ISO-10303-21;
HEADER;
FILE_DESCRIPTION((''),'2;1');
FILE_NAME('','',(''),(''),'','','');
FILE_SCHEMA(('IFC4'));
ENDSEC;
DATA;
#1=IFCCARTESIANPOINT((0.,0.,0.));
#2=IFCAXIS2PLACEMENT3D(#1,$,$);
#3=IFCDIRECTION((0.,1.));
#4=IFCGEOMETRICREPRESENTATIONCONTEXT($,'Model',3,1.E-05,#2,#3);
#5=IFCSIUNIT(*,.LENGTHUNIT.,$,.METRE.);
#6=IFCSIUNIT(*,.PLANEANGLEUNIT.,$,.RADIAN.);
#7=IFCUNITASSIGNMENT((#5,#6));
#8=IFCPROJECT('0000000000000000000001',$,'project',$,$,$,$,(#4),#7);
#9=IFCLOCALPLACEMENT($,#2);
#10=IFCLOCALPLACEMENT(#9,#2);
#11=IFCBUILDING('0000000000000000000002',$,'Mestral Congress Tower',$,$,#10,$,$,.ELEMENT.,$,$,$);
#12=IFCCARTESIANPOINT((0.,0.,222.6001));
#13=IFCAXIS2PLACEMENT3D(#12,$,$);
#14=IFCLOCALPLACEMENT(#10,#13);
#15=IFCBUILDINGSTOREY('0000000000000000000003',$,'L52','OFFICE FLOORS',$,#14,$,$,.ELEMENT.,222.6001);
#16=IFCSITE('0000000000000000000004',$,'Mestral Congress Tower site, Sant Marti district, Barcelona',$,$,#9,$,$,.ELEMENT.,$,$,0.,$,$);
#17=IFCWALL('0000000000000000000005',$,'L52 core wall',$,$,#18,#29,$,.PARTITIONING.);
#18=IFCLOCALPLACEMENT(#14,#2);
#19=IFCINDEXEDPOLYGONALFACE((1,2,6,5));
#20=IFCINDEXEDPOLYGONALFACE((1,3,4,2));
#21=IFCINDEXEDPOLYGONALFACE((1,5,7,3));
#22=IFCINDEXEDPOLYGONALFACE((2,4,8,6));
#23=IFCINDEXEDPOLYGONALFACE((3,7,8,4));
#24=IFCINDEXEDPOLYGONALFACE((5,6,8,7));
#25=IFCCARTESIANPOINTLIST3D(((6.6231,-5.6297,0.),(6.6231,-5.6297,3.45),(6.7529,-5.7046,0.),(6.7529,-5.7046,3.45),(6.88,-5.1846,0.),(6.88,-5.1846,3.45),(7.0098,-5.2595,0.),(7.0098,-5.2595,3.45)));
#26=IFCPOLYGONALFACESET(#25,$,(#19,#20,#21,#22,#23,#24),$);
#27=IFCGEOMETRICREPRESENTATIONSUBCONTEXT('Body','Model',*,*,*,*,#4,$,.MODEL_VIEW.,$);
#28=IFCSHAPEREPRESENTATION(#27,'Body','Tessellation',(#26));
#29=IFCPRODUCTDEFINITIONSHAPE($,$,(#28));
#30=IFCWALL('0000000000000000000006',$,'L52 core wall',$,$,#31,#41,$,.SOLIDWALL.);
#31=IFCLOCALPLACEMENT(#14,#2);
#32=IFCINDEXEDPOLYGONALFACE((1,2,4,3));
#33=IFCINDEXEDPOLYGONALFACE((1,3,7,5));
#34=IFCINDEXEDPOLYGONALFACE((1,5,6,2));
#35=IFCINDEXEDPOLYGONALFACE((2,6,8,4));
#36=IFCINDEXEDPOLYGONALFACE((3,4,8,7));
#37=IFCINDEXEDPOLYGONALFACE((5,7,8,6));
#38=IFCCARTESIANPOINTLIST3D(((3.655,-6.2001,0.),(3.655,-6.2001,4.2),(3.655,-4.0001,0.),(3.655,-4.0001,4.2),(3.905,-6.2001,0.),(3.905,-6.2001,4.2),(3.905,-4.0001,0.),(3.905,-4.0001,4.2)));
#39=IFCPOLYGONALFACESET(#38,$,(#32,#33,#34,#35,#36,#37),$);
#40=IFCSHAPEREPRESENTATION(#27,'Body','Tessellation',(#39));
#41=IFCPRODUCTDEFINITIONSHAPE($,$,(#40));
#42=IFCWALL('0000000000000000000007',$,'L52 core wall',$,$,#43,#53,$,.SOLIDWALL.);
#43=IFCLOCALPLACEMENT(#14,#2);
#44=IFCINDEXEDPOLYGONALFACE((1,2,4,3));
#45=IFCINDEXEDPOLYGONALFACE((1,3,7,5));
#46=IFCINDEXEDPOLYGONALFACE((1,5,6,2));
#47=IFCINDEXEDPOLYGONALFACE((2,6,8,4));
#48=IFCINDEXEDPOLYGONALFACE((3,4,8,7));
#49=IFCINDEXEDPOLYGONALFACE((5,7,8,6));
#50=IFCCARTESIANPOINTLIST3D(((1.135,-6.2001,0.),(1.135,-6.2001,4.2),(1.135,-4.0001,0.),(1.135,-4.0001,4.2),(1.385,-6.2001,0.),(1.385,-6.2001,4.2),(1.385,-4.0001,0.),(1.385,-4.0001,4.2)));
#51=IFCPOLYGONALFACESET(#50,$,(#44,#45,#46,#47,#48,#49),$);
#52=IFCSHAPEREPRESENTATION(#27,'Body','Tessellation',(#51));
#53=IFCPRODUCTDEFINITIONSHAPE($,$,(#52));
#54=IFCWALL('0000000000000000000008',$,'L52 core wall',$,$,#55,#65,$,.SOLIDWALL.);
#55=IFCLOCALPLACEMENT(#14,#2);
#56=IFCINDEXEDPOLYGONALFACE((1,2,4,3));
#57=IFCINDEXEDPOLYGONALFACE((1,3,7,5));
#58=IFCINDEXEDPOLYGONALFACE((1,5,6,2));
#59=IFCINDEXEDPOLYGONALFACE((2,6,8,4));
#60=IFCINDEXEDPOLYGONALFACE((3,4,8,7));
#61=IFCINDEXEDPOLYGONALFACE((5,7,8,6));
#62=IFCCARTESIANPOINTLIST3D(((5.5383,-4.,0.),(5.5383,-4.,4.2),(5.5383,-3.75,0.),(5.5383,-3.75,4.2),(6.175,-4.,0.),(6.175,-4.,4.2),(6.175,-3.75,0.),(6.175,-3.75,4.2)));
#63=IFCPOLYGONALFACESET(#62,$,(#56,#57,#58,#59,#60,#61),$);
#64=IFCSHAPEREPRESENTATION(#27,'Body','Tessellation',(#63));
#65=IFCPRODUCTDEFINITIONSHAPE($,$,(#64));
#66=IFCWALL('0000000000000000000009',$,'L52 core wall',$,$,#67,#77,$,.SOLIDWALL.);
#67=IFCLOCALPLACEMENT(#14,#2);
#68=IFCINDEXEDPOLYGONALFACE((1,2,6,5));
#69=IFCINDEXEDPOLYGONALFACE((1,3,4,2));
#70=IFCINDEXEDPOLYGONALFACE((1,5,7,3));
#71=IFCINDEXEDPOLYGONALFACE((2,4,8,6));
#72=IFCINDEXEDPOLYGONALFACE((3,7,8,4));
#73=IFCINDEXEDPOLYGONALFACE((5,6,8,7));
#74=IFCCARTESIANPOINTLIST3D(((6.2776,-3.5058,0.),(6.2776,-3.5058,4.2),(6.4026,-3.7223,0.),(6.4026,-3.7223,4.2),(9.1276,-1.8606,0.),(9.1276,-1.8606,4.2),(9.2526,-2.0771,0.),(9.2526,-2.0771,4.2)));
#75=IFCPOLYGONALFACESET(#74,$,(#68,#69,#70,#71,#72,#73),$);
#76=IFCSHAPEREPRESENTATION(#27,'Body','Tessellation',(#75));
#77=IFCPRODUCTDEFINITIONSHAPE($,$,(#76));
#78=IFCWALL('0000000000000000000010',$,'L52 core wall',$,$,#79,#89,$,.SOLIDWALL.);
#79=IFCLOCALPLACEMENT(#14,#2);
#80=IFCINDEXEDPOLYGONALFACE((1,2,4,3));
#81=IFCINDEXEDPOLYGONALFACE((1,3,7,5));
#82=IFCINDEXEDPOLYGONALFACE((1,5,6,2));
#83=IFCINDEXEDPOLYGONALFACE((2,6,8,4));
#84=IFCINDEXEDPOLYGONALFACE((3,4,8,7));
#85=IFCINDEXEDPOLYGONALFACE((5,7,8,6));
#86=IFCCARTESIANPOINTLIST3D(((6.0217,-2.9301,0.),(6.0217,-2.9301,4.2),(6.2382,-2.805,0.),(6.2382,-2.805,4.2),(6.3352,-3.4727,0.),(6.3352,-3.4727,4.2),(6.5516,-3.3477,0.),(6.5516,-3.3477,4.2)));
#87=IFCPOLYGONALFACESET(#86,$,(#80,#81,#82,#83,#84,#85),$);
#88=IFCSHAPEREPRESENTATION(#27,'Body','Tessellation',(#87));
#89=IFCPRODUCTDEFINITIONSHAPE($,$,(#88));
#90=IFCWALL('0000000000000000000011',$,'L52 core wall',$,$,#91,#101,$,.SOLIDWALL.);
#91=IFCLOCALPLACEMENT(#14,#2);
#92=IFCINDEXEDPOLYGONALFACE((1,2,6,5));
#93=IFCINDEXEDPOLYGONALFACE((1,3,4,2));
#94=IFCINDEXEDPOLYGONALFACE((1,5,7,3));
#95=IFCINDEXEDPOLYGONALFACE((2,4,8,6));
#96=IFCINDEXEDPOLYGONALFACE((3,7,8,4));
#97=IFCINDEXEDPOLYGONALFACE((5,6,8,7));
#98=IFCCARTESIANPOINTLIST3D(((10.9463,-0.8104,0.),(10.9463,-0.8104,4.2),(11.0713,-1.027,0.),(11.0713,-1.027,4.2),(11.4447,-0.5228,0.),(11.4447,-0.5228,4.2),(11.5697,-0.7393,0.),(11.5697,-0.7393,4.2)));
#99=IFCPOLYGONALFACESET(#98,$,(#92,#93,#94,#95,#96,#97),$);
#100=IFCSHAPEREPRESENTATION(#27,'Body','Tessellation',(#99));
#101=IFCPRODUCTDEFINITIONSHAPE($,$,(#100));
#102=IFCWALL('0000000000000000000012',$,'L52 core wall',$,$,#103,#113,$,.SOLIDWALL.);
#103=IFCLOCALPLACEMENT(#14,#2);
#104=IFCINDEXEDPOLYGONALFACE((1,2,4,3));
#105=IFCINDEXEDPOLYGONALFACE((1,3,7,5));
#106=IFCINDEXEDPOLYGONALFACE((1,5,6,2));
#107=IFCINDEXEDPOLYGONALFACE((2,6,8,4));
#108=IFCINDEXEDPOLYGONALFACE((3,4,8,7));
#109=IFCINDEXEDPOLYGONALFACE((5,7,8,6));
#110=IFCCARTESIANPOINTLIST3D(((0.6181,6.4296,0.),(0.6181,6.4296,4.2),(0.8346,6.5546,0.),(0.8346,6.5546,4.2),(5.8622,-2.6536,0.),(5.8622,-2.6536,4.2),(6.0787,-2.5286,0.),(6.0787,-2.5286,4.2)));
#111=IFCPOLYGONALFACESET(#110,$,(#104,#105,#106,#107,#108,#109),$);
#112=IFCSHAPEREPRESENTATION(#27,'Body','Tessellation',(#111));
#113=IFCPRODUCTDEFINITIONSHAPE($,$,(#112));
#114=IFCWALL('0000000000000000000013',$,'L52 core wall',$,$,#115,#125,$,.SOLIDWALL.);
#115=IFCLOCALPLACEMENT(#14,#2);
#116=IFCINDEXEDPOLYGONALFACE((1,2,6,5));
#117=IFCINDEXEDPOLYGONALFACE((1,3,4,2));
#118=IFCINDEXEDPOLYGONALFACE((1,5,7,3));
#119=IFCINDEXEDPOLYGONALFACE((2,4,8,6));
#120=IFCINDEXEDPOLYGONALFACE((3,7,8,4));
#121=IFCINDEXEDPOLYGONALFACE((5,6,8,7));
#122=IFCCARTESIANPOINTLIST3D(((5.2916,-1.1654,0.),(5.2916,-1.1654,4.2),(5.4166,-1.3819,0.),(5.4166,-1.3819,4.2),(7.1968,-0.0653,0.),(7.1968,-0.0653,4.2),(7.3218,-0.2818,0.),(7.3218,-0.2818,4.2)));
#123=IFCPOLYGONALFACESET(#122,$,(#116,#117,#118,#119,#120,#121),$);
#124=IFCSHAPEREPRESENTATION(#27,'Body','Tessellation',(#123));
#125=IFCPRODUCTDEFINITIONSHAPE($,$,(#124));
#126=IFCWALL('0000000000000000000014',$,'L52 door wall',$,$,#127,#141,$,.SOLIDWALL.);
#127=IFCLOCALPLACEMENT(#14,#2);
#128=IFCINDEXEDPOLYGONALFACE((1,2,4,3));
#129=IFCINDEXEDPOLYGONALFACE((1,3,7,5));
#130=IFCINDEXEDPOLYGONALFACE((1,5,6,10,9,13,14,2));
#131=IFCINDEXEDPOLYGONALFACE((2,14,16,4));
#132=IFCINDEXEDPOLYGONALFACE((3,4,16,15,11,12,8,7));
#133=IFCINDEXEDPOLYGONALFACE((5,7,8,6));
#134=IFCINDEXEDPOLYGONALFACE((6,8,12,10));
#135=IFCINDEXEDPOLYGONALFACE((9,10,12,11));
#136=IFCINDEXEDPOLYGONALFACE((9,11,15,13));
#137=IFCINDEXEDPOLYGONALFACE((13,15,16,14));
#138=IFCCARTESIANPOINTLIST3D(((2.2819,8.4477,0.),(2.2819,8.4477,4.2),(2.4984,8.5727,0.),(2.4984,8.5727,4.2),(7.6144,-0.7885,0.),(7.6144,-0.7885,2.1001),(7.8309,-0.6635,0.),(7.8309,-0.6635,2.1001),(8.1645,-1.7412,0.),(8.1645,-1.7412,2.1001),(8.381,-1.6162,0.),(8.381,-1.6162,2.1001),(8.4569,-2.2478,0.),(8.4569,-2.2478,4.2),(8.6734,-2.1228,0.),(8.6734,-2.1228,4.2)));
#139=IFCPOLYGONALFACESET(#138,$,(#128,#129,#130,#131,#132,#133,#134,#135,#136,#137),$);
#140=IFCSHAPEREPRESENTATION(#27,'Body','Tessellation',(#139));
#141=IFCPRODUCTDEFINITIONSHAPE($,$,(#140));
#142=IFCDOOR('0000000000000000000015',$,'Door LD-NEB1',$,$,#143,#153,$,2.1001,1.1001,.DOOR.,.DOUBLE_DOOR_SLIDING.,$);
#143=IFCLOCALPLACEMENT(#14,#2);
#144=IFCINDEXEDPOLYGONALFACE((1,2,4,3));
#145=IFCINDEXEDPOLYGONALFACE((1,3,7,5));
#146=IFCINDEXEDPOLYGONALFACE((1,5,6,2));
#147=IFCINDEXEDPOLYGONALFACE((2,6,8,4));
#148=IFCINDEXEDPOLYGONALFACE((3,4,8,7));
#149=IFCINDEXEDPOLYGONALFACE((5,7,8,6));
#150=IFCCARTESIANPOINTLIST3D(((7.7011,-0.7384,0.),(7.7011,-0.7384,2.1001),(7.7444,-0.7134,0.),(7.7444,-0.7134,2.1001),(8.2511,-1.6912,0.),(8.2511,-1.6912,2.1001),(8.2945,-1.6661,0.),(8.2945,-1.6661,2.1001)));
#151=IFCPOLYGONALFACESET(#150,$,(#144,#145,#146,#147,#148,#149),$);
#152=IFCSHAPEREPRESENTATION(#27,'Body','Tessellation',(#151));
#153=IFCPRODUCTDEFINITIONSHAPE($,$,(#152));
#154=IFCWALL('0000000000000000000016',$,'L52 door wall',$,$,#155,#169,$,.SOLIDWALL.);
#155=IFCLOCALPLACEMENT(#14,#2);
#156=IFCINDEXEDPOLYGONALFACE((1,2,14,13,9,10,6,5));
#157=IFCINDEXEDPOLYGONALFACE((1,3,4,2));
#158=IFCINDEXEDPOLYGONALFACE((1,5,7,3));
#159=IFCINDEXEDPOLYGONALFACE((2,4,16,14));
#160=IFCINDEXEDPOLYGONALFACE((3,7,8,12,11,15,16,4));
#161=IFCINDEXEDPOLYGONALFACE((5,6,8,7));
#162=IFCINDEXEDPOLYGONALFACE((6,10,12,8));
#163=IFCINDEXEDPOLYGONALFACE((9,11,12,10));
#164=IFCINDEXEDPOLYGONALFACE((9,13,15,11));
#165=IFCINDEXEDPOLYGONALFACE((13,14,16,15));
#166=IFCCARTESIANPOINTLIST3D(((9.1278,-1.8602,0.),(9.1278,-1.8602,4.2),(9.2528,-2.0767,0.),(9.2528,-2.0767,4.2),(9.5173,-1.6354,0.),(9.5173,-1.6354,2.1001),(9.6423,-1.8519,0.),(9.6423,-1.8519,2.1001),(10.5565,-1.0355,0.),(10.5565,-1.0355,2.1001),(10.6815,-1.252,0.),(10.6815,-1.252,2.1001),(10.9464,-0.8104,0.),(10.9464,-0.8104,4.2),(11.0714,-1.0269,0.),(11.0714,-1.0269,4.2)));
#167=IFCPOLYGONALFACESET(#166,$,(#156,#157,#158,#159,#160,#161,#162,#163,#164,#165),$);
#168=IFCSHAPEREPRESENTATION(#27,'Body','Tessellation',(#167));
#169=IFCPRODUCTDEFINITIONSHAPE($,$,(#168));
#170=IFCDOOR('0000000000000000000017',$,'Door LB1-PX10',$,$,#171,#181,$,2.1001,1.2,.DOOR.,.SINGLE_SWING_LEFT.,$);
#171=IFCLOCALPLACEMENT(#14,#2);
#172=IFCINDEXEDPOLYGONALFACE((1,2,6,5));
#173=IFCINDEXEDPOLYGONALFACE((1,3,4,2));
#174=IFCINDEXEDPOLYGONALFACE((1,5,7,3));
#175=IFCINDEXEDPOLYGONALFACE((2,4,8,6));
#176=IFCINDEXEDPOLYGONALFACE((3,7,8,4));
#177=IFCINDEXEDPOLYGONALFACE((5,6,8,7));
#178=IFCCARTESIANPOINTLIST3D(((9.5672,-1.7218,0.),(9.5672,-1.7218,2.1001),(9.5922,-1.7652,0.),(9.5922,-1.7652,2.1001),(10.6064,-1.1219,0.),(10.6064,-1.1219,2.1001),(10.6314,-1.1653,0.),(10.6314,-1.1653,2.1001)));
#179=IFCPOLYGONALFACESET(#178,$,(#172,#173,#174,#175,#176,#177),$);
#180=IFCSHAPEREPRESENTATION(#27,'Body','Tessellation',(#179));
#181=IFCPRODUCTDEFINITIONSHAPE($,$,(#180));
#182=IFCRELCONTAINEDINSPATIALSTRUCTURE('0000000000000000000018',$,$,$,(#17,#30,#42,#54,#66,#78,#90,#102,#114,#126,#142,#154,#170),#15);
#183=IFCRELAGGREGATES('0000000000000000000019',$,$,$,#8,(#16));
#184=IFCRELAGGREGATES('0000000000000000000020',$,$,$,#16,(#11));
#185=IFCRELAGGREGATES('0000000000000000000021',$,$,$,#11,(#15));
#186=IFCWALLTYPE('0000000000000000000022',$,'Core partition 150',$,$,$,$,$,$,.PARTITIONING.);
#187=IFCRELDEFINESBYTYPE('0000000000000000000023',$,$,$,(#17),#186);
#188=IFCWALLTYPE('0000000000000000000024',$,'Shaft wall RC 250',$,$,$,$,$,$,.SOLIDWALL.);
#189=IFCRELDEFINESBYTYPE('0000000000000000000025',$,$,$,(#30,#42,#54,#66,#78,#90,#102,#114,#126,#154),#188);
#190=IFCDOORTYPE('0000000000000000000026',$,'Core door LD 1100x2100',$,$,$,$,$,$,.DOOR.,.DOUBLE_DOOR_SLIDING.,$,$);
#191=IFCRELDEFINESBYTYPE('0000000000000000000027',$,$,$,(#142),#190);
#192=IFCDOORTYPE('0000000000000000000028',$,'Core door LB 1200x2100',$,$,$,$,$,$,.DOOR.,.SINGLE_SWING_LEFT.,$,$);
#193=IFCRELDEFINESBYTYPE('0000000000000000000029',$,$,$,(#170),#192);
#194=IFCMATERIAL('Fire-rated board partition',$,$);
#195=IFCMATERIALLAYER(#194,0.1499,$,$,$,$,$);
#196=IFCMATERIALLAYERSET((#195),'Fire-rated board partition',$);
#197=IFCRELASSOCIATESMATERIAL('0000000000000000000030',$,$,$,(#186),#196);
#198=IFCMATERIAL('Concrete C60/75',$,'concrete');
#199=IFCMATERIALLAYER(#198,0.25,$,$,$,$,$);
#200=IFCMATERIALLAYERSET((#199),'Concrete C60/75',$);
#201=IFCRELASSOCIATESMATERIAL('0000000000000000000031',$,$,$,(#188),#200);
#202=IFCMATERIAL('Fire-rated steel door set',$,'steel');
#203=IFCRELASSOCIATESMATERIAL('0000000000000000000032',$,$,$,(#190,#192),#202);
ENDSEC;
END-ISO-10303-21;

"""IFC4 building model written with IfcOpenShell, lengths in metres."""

from ifc_helpers import new_model, si_unit, direction, frame, frame_2d, origin, place, context, subcontext, project, spatial, rectangle, extrude, material, layer, layer_set, type_object, element, fill, save


model = new_model("IFC4")

# Units and contexts
model_context = context("Model", 3, precision=1e-05, world=origin(), true_north=direction((0.0, 1.0)))
body_context = subcontext(model_context, "Body", "Model", "MODEL_VIEW")
ifc_project = project(units=[si_unit("LENGTHUNIT", "METRE"), si_unit("PLANEANGLEUNIT", "RADIAN")], contexts=[model_context])

# Site, building, storey
site_placement = place(None, origin())
site = spatial("IfcSite", under=ifc_project, at=site_placement, Name="Mestral Congress Tower site, Sant Marti district, Barcelona", CompositionType="ELEMENT", RefElevation=0.0)
building_placement = place(site_placement, origin())
building = spatial("IfcBuilding", under=site, at=building_placement, Name="Mestral Congress Tower", CompositionType="ELEMENT")
storey_placement = place(building_placement, frame((0.0, 0.0, 222.6001)))
storey = spatial("IfcBuildingStorey", under=building, at=storey_placement, Name="L52", Description="OFFICE FLOORS", CompositionType="ELEMENT", Elevation=222.6001)

# Walls
ifc_material_1 = material(Name="Fire-rated board partition")
ifc_layer_1 = layer(ifc_material_1, 0.1499)
ifc_layer_set_1 = layer_set([ifc_layer_1], Name="Fire-rated board partition")
wall_type_1 = type_object("IfcWallType", Name="Core partition 150", PredefinedType="PARTITIONING", material=ifc_layer_set_1)
wall_1_placement = place(storey_placement, frame((6.9448, -5.2222, 0.0), z_axis=(0.0, 0.0, 1.0), x_axis=(-0.499818, -0.86613, 0.0)))
element("IfcWall", 1, at=wall_1_placement, inside=storey, type_object=wall_type_1, Name="L52 core wall", PredefinedType="PARTITIONING", context=body_context, shape_type="SweptSolid", body=[
    extrude(rectangle(XDim=0.5139, YDim=0.1499, at=frame_2d((0.2568, 0.0))), origin(), (0.0, 0.0, 1.0), 3.45),
])
ifc_material_2 = material(Name="Concrete C60/75", Category="concrete")
ifc_layer_2 = layer(ifc_material_2, 0.25)
ifc_layer_set_2 = layer_set([ifc_layer_2], Name="Concrete C60/75")
wall_type_2 = type_object("IfcWallType", Name="Shaft wall RC 250", PredefinedType="SOLIDWALL", material=ifc_layer_set_2)
for number, where, z_axis, x_axis, name in (
    (2, (3.78, -4.0, 0.0), (0.0, 0.0, 1.0), (0.0, -1.0, 0.0), "L52 core wall"),
    (3, (1.26, -4.0, 0.0), (0.0, 0.0, 1.0), (0.0, -1.0, 0.0), "L52 core wall"),
):
    element("IfcWall", number, at=place(storey_placement, frame(where, z_axis=z_axis, x_axis=x_axis)), inside=storey, type_object=wall_type_2, Name=name, PredefinedType="SOLIDWALL", context=body_context, shape_type="SweptSolid", body=[
        extrude(rectangle(XDim=2.2, YDim=0.25, at=frame_2d((1.1001, 0.0))), origin(), (0.0, 0.0, 1.0), 4.2),
    ])
wall_2_placement = place(storey_placement, frame((5.5383, -3.875, 0.0), z_axis=(0.0, 0.0, 1.0), x_axis=(1.0, 0.0, 0.0)))
element("IfcWall", 4, at=wall_2_placement, inside=storey, type_object=wall_type_2, Name="L52 core wall", PredefinedType="SOLIDWALL", context=body_context, shape_type="SweptSolid", body=[
    extrude(rectangle(XDim=0.6367, YDim=0.25, at=frame_2d((0.3184, 0.0))), origin(), (0.0, 0.0, 1.0), 4.2),
])
wall_3_placement = place(storey_placement, frame((9.1902, -1.9688, 0.0), z_axis=(0.0, 0.0, 1.0), x_axis=(-0.866057, -0.499945, 0.0)))
element("IfcWall", 5, at=wall_3_placement, inside=storey, type_object=wall_type_2, Name="L52 core wall", PredefinedType="SOLIDWALL", context=body_context, shape_type="SweptSolid", body=[
    extrude(rectangle(XDim=3.2908, YDim=0.25, at=frame_2d((1.6455, 0.0))), origin(), (0.0, 0.0, 1.0), 4.2),
])
wall_4_placement = place(storey_placement, frame((6.1299, -2.8674, 0.0), z_axis=(0.0, 0.0, 1.0), x_axis=(0.500161, -0.865933, 0.0)))
element("IfcWall", 6, at=wall_4_placement, inside=storey, type_object=wall_type_2, Name="L52 core wall", PredefinedType="SOLIDWALL", context=body_context, shape_type="SweptSolid", body=[
    extrude(rectangle(XDim=0.6267, YDim=0.25, at=frame_2d((0.3135, 0.0))), origin(), (0.0, 0.0, 1.0), 4.2),
])
wall_5_placement = place(storey_placement, frame((11.5071, -0.6311, 0.0), z_axis=(0.0, 0.0, 1.0), x_axis=(-0.866094, -0.499882, 0.0)))
element("IfcWall", 7, at=wall_5_placement, inside=storey, type_object=wall_type_2, Name="L52 core wall", PredefinedType="SOLIDWALL", context=body_context, shape_type="SweptSolid", body=[
    extrude(rectangle(XDim=0.5754, YDim=0.25, at=frame_2d((0.2876, 0.0))), origin(), (0.0, 0.0, 1.0), 4.2),
])
wall_6_placement = place(storey_placement, frame((5.9705, -2.5911, 0.0), z_axis=(0.0, 0.0, 1.0), x_axis=(-0.499994, 0.866029, 0.0)))
element("IfcWall", 8, at=wall_6_placement, inside=storey, type_object=wall_type_2, Name="L52 core wall", PredefinedType="SOLIDWALL", context=body_context, shape_type="SweptSolid", body=[
    extrude(rectangle(XDim=10.4883, YDim=0.25, at=frame_2d((5.2441, 0.0))), origin(), (0.0, 0.0, 1.0), 4.2),
])
wall_7_placement = place(storey_placement, frame((5.354, -1.2737, 0.0), z_axis=(0.0, 0.0, 1.0), x_axis=(0.866008, 0.50003, 0.0)))
element("IfcWall", 9, at=wall_7_placement, inside=storey, type_object=wall_type_2, Name="L52 core wall", PredefinedType="SOLIDWALL", context=body_context, shape_type="SweptSolid", body=[
    extrude(rectangle(XDim=2.2, YDim=0.25, at=frame_2d((1.1001, 0.0))), origin(), (0.0, 0.0, 1.0), 4.2),
])

# Walls, openings, doors
wall_8_placement = place(storey_placement, frame((8.5652, -2.1853, 0.0), z_axis=(0.0, 0.0, 1.0), x_axis=(-0.499998, 0.866027, 0.0)))
wall_8 = element("IfcWall", 10, at=wall_8_placement, inside=storey, type_object=wall_type_2, Name="L52 door wall", PredefinedType="SOLIDWALL", context=body_context, shape_type="SweptSolid", body=[
    extrude(rectangle(XDim=12.3501, YDim=0.25, at=frame_2d((6.175, 0.0))), origin(), (0.0, 0.0, 1.0), 4.2),
])
opening_1_placement = place(wall_8_placement, frame((0.585, 0.0, 0.0)))
opening_1 = element("IfcOpeningElement", 11, at=opening_1_placement, cuts=wall_8, PredefinedType="OPENING", context=body_context, shape_type="SweptSolid", body=[
    extrude(rectangle(XDim=1.1001, YDim=2.1001, at=frame_2d((0.55, 1.05))), frame((0.0, 0.135, 0.0), z_axis=(0.0, -1.0, 0.0), x_axis=(1.0, 0.0, 0.0)), (0.0, 0.0, 1.0), 0.27),
])
ifc_material_3 = material(Name="Fire-rated steel door set", Category="steel")
door_type_1 = type_object("IfcDoorType", Name="Core door LD 1100x2100", OperationType="DOUBLE_DOOR_SLIDING", PredefinedType="DOOR", material=ifc_material_3)
door_1_placement = place(opening_1_placement, origin())
door_1 = element("IfcDoor", 12, at=door_1_placement, inside=storey, type_object=door_type_1, Name="Door LD-NEB1", OperationType="DOUBLE_DOOR_SLIDING", OverallHeight=2.1001, OverallWidth=1.1001, PredefinedType="DOOR", context=body_context, shape_type="SweptSolid", body=[
    extrude(rectangle(XDim=1.1001, YDim=2.1001, at=frame_2d((0.55, 1.05))), frame((0.0, 0.0249, 0.0), z_axis=(0.0, -1.0, 0.0), x_axis=(1.0, 0.0, 0.0)), (0.0, 0.0, 1.0), 0.05),
])
fill(opening_1, door_1)
wall_9_placement = place(storey_placement, frame((11.0088, -0.9187, 0.0), z_axis=(0.0, 0.0, 1.0), x_axis=(-0.86606, -0.499941, 0.0)))
wall_9 = element("IfcWall", 13, at=wall_9_placement, inside=storey, type_object=wall_type_2, Name="L52 door wall", PredefinedType="SOLIDWALL", context=body_context, shape_type="SweptSolid", body=[
    extrude(rectangle(XDim=2.0999, YDim=0.25, at=frame_2d((1.0498, 0.0))), origin(), (0.0, 0.0, 1.0), 4.2),
])
opening_2_placement = place(wall_9_placement, frame((0.45, 0.0, 0.0)))
opening_2 = element("IfcOpeningElement", 14, at=opening_2_placement, cuts=wall_9, PredefinedType="OPENING", context=body_context, shape_type="SweptSolid", body=[
    extrude(rectangle(XDim=1.2, YDim=2.1001, at=frame_2d((0.6001, 1.05))), frame((0.0, 0.135, 0.0), z_axis=(0.0, -1.0, 0.0), x_axis=(1.0, 0.0, 0.0)), (0.0, 0.0, 1.0), 0.27),
])
door_type_2 = type_object("IfcDoorType", Name="Core door LB 1200x2100", OperationType="SINGLE_SWING_LEFT", PredefinedType="DOOR", material=ifc_material_3)
door_2_placement = place(opening_2_placement, origin())
door_2 = element("IfcDoor", 15, at=door_2_placement, inside=storey, type_object=door_type_2, Name="Door LB1-PX10", OperationType="SINGLE_SWING_LEFT", OverallHeight=2.1001, OverallWidth=1.2, PredefinedType="DOOR", context=body_context, shape_type="SweptSolid", body=[
    extrude(rectangle(XDim=1.2, YDim=2.1001, at=frame_2d((0.6001, 1.05))), frame((0.0, 0.0249, 0.0), z_axis=(0.0, -1.0, 0.0), x_axis=(1.0, 0.0, 0.0)), (0.0, 0.0, 1.0), 0.05),
])
fill(opening_2, door_2)

save(model, "model.ifc")
